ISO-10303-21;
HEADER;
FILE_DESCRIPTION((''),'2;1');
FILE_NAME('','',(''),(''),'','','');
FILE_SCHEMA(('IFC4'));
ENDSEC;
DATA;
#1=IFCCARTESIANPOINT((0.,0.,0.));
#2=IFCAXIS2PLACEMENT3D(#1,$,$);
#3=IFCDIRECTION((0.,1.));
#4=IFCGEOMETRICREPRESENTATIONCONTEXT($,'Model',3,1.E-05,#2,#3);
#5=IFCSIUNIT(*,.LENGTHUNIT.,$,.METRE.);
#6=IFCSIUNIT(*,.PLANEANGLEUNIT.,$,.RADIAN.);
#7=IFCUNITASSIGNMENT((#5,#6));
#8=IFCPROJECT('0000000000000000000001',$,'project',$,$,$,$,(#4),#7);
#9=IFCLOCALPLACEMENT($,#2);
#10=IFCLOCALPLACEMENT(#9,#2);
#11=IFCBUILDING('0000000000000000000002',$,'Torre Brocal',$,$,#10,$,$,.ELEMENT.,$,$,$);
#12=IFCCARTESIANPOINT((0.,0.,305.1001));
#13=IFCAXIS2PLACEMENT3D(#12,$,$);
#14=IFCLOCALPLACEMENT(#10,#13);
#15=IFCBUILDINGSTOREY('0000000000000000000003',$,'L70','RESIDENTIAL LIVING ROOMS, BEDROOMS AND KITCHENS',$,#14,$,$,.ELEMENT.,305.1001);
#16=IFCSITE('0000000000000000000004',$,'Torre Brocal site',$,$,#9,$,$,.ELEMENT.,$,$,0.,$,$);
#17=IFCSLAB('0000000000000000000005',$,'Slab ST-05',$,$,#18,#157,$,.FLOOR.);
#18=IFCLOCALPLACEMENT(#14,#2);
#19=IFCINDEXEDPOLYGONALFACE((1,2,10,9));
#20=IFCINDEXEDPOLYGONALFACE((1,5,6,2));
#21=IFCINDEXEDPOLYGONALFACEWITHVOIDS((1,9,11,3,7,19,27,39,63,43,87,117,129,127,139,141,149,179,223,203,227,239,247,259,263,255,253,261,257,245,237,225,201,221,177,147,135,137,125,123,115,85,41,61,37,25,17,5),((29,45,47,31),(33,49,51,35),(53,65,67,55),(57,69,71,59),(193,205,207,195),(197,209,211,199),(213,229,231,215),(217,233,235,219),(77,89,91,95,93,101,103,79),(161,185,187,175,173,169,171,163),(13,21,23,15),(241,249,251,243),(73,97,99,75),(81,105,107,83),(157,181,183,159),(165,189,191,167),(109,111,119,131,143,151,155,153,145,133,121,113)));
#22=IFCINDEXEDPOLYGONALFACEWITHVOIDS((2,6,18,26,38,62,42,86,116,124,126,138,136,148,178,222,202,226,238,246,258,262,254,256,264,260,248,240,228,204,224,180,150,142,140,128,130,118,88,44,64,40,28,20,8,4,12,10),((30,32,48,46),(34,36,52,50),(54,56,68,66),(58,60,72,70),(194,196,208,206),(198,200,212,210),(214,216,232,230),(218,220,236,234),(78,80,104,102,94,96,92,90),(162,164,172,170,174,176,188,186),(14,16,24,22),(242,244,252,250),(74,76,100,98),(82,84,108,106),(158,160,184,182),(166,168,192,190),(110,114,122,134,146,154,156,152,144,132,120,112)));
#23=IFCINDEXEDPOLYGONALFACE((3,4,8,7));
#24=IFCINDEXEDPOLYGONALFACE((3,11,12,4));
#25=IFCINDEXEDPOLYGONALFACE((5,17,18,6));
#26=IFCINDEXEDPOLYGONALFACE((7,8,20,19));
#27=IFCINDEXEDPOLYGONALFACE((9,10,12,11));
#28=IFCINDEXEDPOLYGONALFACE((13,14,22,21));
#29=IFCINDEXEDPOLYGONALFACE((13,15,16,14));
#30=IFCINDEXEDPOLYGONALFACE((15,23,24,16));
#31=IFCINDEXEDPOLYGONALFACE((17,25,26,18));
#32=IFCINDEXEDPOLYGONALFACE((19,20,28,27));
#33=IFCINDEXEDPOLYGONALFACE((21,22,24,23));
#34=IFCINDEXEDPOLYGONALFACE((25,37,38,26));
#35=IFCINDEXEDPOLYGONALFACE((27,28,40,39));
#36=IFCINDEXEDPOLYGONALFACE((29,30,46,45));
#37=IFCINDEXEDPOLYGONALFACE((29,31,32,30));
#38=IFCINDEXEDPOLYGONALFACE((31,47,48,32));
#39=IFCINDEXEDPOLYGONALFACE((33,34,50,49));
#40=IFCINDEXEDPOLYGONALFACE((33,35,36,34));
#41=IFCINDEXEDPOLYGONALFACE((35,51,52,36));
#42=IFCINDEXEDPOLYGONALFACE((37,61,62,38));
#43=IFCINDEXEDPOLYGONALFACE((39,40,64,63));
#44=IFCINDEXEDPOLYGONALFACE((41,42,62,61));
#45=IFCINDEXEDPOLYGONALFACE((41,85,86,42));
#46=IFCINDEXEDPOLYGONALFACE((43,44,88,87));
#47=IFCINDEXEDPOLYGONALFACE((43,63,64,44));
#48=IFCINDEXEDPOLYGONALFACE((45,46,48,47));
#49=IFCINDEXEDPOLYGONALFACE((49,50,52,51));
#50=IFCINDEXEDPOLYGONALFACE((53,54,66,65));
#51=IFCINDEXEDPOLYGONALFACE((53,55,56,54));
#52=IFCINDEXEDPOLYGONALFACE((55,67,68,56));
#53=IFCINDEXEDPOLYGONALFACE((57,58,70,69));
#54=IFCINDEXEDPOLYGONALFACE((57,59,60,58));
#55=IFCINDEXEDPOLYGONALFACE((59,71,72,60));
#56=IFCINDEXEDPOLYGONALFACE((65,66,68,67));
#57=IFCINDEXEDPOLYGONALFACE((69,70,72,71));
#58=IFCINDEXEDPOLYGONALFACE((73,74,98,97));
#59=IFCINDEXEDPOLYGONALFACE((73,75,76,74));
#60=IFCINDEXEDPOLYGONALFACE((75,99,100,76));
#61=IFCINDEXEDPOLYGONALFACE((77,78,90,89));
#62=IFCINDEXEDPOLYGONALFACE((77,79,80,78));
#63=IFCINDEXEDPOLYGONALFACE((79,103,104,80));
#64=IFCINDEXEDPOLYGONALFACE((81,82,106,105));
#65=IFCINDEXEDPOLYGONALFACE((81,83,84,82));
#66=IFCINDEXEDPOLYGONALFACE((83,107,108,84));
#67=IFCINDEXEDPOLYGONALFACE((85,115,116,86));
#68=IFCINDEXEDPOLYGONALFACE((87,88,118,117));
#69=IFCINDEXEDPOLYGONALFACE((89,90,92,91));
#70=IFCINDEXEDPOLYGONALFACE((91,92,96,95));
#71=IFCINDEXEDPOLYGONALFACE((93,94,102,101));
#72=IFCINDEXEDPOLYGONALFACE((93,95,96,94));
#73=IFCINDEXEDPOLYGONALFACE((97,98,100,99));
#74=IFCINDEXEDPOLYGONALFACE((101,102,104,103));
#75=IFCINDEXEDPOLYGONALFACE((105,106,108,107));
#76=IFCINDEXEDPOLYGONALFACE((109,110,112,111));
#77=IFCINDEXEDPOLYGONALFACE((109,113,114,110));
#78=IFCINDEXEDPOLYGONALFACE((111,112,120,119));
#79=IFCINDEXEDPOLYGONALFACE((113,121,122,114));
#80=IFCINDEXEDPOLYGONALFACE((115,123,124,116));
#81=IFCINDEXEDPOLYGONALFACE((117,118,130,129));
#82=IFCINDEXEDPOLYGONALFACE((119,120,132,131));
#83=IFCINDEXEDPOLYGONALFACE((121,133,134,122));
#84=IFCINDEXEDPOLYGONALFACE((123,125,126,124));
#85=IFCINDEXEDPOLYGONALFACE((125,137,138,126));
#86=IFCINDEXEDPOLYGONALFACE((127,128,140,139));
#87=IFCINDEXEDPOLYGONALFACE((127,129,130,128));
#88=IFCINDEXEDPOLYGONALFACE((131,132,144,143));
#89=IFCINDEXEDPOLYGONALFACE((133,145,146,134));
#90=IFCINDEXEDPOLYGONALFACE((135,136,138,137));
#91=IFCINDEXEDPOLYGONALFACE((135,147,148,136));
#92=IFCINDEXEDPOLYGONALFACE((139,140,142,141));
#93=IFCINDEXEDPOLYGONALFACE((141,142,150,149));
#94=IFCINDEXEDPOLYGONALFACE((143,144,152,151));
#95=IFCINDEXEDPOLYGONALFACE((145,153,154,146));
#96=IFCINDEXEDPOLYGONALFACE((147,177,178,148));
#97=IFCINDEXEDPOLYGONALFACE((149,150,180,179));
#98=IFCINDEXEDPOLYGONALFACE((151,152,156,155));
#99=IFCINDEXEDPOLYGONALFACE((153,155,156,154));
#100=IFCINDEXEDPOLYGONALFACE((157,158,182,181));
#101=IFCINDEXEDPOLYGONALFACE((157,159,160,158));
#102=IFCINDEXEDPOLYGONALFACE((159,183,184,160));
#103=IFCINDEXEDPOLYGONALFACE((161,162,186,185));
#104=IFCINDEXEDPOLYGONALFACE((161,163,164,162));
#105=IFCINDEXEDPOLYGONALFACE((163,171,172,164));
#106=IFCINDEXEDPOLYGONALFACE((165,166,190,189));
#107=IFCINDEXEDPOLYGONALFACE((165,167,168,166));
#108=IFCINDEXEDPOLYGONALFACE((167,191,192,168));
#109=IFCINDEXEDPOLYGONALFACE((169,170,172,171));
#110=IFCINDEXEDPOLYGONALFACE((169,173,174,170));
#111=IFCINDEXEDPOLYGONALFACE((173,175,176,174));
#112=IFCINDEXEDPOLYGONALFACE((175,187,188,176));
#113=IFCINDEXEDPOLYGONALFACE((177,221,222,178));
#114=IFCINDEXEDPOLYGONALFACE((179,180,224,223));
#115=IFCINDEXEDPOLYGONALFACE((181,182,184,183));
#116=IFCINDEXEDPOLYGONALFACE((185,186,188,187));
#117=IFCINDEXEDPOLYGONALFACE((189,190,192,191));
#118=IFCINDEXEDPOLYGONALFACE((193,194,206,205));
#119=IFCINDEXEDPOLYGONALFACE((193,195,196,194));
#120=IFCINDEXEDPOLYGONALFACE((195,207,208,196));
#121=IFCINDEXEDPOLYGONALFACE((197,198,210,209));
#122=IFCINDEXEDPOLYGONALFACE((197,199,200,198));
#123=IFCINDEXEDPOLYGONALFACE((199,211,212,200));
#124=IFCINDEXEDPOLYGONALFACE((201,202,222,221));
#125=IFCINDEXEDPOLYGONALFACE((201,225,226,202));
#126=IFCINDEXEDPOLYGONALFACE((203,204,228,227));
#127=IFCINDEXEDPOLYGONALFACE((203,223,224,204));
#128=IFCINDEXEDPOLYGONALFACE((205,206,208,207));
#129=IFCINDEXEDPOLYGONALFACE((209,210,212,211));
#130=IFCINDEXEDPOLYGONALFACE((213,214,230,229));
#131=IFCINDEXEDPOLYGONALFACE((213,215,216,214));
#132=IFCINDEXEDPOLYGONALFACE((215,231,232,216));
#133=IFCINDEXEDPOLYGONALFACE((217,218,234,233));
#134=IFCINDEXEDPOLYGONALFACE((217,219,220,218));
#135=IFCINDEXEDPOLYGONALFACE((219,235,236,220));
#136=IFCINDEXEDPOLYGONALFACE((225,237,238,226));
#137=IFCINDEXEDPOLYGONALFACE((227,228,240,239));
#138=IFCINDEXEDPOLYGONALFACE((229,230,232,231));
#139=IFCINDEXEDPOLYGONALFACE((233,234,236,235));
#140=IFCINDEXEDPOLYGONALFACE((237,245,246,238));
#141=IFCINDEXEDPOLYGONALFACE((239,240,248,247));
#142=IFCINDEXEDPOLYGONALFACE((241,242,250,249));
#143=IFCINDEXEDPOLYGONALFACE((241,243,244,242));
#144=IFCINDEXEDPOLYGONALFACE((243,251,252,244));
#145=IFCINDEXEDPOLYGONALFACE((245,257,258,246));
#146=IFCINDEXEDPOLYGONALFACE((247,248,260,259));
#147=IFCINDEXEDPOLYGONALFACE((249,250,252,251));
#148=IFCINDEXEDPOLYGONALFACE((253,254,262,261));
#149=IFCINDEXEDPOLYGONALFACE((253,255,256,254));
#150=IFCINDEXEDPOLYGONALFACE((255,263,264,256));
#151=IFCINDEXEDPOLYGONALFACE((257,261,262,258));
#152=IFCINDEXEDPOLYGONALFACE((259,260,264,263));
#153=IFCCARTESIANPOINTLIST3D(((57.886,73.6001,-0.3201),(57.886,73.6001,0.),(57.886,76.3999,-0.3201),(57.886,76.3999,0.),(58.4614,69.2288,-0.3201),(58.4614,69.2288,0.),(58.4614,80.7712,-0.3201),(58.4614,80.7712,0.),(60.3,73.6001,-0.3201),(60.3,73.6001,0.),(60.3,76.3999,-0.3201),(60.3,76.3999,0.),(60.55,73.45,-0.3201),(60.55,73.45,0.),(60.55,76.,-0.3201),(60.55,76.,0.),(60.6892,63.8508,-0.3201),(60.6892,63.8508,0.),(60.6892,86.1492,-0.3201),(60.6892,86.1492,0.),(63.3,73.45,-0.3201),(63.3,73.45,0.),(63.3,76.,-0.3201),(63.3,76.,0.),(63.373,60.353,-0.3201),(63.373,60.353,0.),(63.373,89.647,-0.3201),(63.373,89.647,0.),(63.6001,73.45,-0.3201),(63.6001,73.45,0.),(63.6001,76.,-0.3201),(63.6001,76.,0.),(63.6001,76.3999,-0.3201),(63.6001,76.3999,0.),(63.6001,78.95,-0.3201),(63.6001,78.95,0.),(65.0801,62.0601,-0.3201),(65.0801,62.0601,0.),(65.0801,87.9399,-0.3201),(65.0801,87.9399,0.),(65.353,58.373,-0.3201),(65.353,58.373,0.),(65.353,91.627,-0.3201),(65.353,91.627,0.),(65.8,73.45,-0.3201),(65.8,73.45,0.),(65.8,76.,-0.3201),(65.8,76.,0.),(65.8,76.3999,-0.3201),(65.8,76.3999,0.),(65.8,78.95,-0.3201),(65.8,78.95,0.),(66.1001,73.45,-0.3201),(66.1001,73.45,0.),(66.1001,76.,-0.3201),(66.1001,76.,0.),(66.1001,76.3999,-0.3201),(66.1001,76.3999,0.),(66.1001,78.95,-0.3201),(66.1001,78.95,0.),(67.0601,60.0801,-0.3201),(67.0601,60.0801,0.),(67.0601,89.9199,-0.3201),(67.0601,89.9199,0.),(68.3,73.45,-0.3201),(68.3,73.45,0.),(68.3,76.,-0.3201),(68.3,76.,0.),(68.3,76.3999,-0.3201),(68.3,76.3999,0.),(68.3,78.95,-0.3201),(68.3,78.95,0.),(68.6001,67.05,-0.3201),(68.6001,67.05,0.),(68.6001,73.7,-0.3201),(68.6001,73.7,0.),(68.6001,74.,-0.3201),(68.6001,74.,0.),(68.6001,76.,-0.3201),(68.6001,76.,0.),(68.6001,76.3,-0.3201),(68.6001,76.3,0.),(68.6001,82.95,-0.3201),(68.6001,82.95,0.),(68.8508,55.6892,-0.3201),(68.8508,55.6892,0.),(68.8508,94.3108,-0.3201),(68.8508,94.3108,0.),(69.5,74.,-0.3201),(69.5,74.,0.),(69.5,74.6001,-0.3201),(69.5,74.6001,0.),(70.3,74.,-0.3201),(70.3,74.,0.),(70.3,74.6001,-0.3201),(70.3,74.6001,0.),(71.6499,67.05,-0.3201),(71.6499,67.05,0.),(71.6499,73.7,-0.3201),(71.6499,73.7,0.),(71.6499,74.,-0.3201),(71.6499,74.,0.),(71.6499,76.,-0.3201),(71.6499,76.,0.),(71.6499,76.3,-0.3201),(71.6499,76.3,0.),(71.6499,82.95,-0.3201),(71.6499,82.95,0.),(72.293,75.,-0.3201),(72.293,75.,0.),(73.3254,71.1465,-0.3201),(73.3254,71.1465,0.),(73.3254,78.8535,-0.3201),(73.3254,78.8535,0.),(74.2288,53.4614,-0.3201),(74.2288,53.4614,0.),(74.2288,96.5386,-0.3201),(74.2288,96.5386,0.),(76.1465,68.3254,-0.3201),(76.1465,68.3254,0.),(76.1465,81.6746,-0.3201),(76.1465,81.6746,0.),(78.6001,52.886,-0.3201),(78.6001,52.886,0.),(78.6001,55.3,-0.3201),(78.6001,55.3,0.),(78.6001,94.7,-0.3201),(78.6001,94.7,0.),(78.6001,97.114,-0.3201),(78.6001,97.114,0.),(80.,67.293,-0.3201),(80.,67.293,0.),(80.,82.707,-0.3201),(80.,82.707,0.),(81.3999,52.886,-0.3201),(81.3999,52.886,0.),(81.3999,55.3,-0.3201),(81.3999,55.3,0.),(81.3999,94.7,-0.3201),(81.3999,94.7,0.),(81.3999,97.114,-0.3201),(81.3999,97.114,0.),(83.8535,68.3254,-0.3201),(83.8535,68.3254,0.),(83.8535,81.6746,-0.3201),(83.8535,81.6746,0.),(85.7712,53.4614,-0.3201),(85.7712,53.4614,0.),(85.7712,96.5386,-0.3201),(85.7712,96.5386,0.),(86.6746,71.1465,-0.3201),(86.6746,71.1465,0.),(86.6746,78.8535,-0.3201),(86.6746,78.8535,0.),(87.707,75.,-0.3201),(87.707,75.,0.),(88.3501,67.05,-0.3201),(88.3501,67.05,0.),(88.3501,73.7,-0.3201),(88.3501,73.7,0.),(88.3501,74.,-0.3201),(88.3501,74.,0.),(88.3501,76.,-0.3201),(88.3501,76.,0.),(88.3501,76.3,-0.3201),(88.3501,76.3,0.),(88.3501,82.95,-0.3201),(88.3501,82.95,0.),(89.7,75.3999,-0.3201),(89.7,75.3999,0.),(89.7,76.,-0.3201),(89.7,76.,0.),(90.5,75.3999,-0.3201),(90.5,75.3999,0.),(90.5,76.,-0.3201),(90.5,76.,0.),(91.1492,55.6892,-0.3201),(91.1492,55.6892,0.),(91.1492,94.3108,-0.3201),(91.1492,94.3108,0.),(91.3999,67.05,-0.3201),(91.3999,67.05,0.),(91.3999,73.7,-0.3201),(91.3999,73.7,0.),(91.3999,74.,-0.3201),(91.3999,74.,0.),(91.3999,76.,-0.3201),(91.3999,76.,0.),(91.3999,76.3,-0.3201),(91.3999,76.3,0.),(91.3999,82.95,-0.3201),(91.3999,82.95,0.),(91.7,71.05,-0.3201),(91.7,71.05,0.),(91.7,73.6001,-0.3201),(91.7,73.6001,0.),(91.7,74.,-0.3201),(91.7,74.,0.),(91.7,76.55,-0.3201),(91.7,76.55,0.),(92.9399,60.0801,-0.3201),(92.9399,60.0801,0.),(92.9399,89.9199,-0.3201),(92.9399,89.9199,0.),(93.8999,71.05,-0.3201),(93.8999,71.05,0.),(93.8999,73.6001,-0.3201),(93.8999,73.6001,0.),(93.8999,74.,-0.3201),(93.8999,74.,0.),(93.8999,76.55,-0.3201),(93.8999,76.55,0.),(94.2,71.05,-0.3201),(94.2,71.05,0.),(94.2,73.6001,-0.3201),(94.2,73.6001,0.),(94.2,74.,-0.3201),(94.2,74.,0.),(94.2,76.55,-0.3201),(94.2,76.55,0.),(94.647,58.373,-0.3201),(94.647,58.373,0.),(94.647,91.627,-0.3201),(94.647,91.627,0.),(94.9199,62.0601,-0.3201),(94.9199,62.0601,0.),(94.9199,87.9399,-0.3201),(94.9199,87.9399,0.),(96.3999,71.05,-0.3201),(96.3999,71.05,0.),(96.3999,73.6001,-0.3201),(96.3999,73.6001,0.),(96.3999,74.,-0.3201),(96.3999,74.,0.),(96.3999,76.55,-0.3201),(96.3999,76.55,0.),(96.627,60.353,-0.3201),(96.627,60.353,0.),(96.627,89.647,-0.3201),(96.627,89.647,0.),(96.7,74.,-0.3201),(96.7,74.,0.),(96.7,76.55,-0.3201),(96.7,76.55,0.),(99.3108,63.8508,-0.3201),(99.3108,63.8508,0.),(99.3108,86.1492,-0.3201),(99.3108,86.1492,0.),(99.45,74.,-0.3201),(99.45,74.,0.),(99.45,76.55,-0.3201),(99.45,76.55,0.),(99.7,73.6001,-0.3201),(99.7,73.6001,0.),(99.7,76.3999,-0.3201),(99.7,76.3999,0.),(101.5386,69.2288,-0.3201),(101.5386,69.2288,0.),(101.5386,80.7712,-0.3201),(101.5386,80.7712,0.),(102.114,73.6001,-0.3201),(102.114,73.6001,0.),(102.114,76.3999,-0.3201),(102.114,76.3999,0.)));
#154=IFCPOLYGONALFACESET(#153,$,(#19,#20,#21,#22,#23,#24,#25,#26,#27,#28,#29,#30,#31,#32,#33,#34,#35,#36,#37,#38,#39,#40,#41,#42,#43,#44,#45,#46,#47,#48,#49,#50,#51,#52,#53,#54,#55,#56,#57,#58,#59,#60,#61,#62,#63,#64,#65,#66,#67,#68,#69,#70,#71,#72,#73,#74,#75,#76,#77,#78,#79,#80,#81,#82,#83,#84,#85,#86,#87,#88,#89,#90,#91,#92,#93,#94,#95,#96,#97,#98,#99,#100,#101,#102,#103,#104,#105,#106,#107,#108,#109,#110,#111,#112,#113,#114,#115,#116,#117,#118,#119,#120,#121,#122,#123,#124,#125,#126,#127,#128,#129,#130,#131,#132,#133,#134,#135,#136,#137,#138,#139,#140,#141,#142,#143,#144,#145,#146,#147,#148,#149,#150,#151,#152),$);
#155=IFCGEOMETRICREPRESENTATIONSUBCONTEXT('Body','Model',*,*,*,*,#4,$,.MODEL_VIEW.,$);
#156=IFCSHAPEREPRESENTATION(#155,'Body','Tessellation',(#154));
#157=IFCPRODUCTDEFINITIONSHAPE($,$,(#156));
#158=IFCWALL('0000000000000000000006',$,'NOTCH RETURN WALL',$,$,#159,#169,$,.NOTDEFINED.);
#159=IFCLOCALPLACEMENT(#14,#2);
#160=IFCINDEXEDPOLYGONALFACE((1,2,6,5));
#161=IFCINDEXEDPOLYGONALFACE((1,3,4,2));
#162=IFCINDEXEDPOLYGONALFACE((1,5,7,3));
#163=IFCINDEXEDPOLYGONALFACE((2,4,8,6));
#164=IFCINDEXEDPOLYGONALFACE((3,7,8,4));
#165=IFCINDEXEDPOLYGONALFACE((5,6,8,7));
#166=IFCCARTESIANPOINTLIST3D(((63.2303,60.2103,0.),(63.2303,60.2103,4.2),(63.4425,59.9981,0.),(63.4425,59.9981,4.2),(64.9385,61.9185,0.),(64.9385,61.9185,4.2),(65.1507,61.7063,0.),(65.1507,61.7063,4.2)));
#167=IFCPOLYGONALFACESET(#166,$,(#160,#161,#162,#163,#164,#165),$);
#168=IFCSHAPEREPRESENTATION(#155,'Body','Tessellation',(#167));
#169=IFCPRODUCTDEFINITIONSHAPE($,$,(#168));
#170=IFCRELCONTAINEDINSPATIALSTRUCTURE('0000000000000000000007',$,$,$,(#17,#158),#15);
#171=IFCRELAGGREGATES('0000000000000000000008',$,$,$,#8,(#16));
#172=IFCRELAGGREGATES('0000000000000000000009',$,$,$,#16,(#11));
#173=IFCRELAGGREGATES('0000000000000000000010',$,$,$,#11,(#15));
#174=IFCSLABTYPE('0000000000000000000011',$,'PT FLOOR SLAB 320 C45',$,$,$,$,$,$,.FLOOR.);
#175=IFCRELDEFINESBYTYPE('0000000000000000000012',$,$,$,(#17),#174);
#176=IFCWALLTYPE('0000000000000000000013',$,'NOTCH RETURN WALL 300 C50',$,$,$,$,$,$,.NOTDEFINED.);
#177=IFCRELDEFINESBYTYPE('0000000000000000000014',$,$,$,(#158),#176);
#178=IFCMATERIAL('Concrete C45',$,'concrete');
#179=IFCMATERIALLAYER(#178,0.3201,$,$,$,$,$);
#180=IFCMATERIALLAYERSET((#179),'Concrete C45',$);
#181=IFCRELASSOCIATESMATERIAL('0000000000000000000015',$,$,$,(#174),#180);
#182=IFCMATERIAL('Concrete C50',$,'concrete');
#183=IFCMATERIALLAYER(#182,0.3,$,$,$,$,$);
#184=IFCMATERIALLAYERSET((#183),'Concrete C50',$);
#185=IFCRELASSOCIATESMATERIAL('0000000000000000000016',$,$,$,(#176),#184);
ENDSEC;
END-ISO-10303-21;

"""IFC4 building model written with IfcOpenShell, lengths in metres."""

from ifc_helpers import new_model, si_unit, direction, frame, frame_2d, origin, place, context, subcontext, project, spatial, polyline, rectangle, outline, extrude, material, layer, layer_set, type_object, element, save


model = new_model("IFC4")

# Units and contexts
model_context = context("Model", 3, precision=1e-05, world=origin(), true_north=direction((0.0, 1.0)))
body_context = subcontext(model_context, "Body", "Model", "MODEL_VIEW")
ifc_project = project(units=[si_unit("LENGTHUNIT", "METRE"), si_unit("PLANEANGLEUNIT", "RADIAN")], contexts=[model_context])

# Site, building, storey
site_placement = place(None, origin())
site = spatial("IfcSite", under=ifc_project, at=site_placement, Name="Torre Brocal site", CompositionType="ELEMENT", RefElevation=0.0)
building_placement = place(site_placement, origin())
building = spatial("IfcBuilding", under=site, at=building_placement, Name="Torre Brocal", CompositionType="ELEMENT")
storey_placement = place(building_placement, frame((0.0, 0.0, 305.1001)))
storey = spatial("IfcBuildingStorey", under=building, at=storey_placement, Name="L70", Description="RESIDENTIAL LIVING ROOMS, BEDROOMS AND KITCHENS", CompositionType="ELEMENT", Elevation=305.1001)

# Slab
ifc_material_1 = material(Name="Concrete C45", Category="concrete")
ifc_layer_1 = layer(ifc_material_1, 0.3201)
ifc_layer_set_1 = layer_set([ifc_layer_1], Name="Concrete C45")
slab_type_1 = type_object("IfcSlabType", Name="PT FLOOR SLAB 320 C45", PredefinedType="FLOOR", material=ifc_layer_set_1)
slab_1_placement = place(storey_placement, frame((0.0, 0.0, -0.3201)))
element("IfcSlab", 1, at=slab_1_placement, inside=storey, type_object=slab_type_1, Name="Slab ST-05", PredefinedType="FLOOR", context=body_context, shape_type="SweptSolid", body=[
    extrude(outline(polyline([(99.7, 76.3999), (99.7, 73.6001), (102.114, 73.6001), (101.5386, 69.2288), (99.3108, 63.8508), (96.627, 60.353), (94.9199, 62.0601), (92.9399, 60.0801), (94.647, 58.373), (91.1492, 55.6892), (85.7712, 53.4614), (81.3999, 52.886), (81.3999, 55.3), (78.6001, 55.3), (78.6001, 52.886), (74.2288, 53.4614), (68.8508, 55.6892), (65.353, 58.373), (67.0601, 60.0801), (65.0801, 62.0601), (63.373, 60.353), (60.6892, 63.8508), (58.4614, 69.2288), (57.886, 73.6001), (60.3, 73.6001), (60.3, 76.3999), (57.886, 76.3999), (58.4614, 80.7712), (60.6892, 86.1492), (63.373, 89.647), (65.0801, 87.9399), (67.0601, 89.9199), (65.353, 91.627), (68.8508, 94.3108), (74.2288, 96.5386), (78.6001, 97.114), (78.6001, 94.7), (81.3999, 94.7), (81.3999, 97.114), (85.7712, 96.5386), (91.1492, 94.3108), (94.647, 91.627), (92.9399, 89.9199), (94.9199, 87.9399), (96.627, 89.647), (99.3108, 86.1492), (101.5386, 80.7712), (102.114, 76.3999), (99.7, 76.3999)]), holes=[polyline([(99.45, 76.55), (96.7, 76.55), (96.7, 74.0), (99.45, 74.0), (99.45, 76.55)]), polyline([(96.3999, 76.55), (94.2, 76.55), (94.2, 74.0), (96.3999, 74.0), (96.3999, 76.55)]), polyline([(96.3999, 73.6001), (94.2, 73.6001), (94.2, 71.05), (96.3999, 71.05), (96.3999, 73.6001)]), polyline([(93.8999, 76.55), (91.7, 76.55), (91.7, 74.0), (93.8999, 74.0), (93.8999, 76.55)]), polyline([(93.8999, 73.6001), (91.7, 73.6001), (91.7, 71.05), (93.8999, 71.05), (93.8999, 73.6001)]), polyline([(89.7, 76.0), (88.3501, 76.0), (88.3501, 74.0), (91.3999, 74.0), (91.3999, 76.0), (90.5, 76.0), (90.5, 75.3999), (89.7, 75.3999), (89.7, 76.0)]), polyline([(91.3999, 82.95), (88.3501, 82.95), (88.3501, 76.3), (91.3999, 76.3), (91.3999, 82.95)]), polyline([(91.3999, 73.7), (88.3501, 73.7), (88.3501, 67.05), (91.3999, 67.05), (91.3999, 73.7)]), polyline([(80.0, 82.707), (76.1465, 81.6746), (73.3254, 78.8535), (72.293, 75.0), (73.3254, 71.1465), (76.1465, 68.3254), (80.0, 67.293), (83.8535, 68.3254), (86.6746, 71.1465), (87.707, 75.0), (86.6746, 78.8535), (83.8535, 81.6746), (80.0, 82.707)]), polyline([(70.3, 74.0), (71.6499, 74.0), (71.6499, 76.0), (68.6001, 76.0), (68.6001, 74.0), (69.5, 74.0), (69.5, 74.6001), (70.3, 74.6001), (70.3, 74.0)]), polyline([(68.6001, 76.3), (71.6499, 76.3), (71.6499, 82.95), (68.6001, 82.95), (68.6001, 76.3)]), polyline([(68.6001, 67.05), (71.6499, 67.05), (71.6499, 73.7), (68.6001, 73.7), (68.6001, 67.05)]), polyline([(66.1001, 76.3999), (68.3, 76.3999), (68.3, 78.95), (66.1001, 78.95), (66.1001, 76.3999)]), polyline([(66.1001, 73.45), (68.3, 73.45), (68.3, 76.0), (66.1001, 76.0), (66.1001, 73.45)]), polyline([(63.6001, 76.3999), (65.8, 76.3999), (65.8, 78.95), (63.6001, 78.95), (63.6001, 76.3999)]), polyline([(63.6001, 73.45), (65.8, 73.45), (65.8, 76.0), (63.6001, 76.0), (63.6001, 73.45)]), polyline([(60.55, 73.45), (63.3, 73.45), (63.3, 76.0), (60.55, 76.0), (60.55, 73.45)])]), origin(), (0.0, 0.0, 1.0), 0.3201),
])

# Wall
ifc_material_2 = material(Name="Concrete C50", Category="concrete")
ifc_layer_2 = layer(ifc_material_2, 0.3)
ifc_layer_set_2 = layer_set([ifc_layer_2], Name="Concrete C50")
wall_type_1 = type_object("IfcWallType", Name="NOTCH RETURN WALL 300 C50", PredefinedType="NOTDEFINED", material=ifc_layer_set_2)
for number, where, z_axis, x_axis, name in (
    (2, (65.0447, 61.8125, 0.0), (0.0, 0.0, 1.0), (-0.707107, -0.707107, 0.0), "NOTCH RETURN WALL"),
):
    element("IfcWall", number, at=place(storey_placement, frame(where, z_axis=z_axis, x_axis=x_axis)), inside=storey, type_object=wall_type_1, Name=name, PredefinedType="NOTDEFINED", context=body_context, shape_type="SweptSolid", body=[
        extrude(rectangle(XDim=2.4158, YDim=0.3, at=frame_2d((1.208, 0.0))), origin(), (0.0, 0.0, 1.0), 4.2),
    ])

save(model, "model.ifc")
